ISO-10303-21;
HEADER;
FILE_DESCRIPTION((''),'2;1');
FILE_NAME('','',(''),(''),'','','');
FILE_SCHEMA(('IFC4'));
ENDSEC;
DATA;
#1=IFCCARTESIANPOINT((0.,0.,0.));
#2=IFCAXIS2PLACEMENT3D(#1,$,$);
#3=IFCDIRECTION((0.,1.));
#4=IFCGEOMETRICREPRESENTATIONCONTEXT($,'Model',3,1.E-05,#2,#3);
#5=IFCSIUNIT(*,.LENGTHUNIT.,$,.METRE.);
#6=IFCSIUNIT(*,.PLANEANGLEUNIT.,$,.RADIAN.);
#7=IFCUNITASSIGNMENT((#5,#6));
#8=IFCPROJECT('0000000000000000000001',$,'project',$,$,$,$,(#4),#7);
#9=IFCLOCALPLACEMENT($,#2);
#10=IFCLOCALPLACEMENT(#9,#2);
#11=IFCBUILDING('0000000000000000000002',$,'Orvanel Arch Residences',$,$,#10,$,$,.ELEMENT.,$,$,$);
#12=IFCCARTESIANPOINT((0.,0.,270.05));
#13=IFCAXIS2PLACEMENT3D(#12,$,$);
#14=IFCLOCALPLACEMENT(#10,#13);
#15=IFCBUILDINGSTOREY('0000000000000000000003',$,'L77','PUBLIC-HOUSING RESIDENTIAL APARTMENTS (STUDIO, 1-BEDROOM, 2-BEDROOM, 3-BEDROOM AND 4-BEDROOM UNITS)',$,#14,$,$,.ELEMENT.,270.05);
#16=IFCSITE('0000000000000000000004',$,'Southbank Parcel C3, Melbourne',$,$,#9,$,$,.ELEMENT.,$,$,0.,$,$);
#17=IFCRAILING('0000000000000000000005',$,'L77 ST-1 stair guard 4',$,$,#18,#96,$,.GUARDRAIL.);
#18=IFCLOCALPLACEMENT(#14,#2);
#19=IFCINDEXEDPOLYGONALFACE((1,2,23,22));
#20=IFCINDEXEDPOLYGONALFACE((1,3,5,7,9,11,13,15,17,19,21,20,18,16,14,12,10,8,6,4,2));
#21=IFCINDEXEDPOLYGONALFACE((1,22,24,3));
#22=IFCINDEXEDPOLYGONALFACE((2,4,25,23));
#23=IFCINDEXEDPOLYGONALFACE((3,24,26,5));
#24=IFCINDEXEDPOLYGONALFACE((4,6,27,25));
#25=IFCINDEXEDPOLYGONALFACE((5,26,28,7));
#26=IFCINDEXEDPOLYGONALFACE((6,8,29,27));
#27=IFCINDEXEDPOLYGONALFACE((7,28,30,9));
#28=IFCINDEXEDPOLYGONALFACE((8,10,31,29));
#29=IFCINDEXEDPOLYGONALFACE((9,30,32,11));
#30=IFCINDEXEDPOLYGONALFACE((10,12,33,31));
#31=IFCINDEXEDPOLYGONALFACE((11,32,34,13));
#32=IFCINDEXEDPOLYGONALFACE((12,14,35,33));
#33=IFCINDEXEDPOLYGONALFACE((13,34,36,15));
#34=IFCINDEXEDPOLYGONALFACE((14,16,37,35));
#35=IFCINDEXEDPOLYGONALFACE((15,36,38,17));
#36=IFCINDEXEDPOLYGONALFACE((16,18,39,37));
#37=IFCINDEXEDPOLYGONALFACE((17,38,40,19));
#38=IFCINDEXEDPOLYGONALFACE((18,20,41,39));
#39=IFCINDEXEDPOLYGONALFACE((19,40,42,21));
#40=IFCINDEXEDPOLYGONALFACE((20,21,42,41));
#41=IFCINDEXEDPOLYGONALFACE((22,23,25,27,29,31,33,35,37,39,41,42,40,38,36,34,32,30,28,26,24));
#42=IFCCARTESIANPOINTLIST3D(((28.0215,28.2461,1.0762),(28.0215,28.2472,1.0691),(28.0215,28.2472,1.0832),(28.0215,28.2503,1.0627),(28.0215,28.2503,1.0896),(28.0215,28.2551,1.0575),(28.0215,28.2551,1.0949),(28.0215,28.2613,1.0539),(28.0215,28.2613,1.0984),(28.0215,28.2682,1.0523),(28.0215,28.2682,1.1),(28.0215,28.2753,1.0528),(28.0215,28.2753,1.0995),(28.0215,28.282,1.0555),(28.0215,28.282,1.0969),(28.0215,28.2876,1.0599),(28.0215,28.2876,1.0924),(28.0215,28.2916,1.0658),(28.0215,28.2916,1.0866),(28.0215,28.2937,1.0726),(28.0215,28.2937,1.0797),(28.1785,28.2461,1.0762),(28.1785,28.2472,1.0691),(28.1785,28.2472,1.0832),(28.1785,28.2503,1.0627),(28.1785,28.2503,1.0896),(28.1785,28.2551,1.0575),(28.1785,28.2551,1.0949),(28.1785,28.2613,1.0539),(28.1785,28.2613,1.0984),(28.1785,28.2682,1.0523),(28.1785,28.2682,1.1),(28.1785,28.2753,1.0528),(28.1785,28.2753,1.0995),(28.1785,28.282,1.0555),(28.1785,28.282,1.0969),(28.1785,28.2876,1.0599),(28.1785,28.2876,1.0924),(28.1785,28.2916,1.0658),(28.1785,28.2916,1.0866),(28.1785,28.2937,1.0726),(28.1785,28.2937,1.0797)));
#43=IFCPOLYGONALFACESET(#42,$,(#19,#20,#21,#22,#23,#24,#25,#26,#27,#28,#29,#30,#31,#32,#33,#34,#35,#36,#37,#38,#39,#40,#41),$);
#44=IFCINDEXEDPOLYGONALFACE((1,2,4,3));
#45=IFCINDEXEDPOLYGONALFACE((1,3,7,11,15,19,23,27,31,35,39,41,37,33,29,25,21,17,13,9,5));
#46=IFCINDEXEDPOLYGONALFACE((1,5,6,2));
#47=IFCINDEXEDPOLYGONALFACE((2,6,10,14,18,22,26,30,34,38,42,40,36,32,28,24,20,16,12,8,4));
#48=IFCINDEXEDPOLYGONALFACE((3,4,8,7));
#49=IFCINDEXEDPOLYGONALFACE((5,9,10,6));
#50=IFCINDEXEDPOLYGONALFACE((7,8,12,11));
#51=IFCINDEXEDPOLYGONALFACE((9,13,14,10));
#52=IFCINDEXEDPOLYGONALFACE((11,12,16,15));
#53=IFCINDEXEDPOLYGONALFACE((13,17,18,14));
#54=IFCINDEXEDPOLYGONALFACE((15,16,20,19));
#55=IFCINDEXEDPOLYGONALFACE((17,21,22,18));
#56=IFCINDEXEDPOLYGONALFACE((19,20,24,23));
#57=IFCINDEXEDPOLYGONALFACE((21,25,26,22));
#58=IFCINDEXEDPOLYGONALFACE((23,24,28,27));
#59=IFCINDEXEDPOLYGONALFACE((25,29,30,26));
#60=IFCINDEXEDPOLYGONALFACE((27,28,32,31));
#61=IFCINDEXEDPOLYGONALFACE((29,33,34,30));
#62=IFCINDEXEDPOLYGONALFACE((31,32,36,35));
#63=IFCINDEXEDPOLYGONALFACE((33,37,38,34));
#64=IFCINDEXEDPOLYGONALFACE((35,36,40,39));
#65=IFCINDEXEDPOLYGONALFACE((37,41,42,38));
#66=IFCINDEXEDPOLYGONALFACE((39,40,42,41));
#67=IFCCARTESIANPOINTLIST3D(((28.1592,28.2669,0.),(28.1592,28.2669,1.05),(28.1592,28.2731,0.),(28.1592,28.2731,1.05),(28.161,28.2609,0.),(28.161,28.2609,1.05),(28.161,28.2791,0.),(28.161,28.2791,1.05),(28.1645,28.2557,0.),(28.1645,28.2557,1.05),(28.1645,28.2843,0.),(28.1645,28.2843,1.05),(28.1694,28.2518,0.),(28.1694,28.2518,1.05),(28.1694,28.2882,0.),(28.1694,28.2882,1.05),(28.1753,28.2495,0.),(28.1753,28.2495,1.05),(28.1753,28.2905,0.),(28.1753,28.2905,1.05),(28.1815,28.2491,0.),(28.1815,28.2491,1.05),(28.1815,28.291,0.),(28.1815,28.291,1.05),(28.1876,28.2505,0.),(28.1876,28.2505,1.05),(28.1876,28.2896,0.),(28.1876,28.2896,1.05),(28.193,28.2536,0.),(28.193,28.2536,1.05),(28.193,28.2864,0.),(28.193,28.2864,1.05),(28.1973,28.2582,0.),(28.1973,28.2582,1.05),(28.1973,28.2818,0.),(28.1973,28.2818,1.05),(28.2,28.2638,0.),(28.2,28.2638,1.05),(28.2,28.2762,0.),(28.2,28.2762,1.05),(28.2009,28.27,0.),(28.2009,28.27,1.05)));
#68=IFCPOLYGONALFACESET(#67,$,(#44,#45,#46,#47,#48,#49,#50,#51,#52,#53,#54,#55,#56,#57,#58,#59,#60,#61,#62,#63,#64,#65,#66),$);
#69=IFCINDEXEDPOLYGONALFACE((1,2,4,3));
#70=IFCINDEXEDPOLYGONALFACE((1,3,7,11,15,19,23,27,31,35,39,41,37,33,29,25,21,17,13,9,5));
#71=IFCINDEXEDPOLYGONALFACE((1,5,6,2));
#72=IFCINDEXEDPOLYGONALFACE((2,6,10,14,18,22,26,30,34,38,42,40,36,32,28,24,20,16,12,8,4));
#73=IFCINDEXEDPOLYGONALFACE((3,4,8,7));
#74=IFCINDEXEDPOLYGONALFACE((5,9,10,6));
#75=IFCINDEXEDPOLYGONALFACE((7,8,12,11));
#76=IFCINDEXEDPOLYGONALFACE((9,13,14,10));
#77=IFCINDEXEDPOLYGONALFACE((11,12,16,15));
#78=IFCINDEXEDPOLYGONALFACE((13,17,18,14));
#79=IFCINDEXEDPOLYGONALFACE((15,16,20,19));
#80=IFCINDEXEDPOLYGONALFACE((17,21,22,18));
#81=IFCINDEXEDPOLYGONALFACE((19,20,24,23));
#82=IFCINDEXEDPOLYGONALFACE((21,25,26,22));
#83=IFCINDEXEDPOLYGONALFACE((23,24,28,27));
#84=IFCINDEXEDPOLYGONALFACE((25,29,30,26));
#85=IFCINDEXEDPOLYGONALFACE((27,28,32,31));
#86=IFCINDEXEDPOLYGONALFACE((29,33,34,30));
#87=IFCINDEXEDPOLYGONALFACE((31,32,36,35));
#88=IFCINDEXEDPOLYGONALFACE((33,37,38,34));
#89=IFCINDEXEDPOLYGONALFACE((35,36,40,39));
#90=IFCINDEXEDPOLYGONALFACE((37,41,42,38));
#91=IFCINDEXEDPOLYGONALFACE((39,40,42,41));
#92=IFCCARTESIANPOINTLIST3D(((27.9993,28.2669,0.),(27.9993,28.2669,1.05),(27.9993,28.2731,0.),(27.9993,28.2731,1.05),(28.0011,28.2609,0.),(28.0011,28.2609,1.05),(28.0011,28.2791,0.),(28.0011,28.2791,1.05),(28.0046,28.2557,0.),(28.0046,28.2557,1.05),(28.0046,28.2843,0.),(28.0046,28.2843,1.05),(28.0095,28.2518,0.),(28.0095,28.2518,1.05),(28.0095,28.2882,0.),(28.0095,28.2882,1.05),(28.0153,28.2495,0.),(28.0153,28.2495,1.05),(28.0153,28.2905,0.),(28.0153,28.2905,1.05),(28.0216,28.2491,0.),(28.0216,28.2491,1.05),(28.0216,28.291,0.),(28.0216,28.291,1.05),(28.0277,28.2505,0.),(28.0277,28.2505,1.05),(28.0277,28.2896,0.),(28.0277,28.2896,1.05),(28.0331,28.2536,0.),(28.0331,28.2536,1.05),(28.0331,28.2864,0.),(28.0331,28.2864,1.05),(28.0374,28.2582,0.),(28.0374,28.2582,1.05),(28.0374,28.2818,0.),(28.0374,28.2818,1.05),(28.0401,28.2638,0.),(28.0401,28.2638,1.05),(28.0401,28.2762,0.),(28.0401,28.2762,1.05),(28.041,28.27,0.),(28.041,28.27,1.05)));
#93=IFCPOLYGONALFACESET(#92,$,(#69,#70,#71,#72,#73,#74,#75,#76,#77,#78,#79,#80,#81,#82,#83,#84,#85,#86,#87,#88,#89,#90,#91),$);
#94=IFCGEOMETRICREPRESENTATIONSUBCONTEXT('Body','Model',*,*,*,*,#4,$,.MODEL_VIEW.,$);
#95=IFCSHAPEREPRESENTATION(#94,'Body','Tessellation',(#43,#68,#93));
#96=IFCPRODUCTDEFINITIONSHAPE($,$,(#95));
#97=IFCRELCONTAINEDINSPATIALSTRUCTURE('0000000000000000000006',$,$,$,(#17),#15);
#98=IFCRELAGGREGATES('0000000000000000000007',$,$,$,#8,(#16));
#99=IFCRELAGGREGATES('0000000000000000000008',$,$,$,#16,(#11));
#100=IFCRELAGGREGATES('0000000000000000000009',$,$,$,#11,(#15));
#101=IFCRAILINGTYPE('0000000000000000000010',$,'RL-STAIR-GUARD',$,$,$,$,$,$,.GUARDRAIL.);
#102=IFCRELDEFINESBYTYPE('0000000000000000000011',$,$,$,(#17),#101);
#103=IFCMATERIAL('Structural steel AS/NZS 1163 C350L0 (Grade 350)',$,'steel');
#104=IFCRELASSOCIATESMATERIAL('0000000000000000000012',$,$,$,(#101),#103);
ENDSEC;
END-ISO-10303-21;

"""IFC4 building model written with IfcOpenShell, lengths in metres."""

from ifc_helpers import new_model, si_unit, direction, frame, origin, origin_2d, place, context, subcontext, project, spatial, circle, extrude, material, type_object, element, save


model = new_model("IFC4")

# Units and contexts
model_context = context("Model", 3, precision=1e-05, world=origin(), true_north=direction((0.0, 1.0)))
body_context = subcontext(model_context, "Body", "Model", "MODEL_VIEW")
ifc_project = project(units=[si_unit("LENGTHUNIT", "METRE"), si_unit("PLANEANGLEUNIT", "RADIAN")], contexts=[model_context])

# Site, building, storey
site_placement = place(None, origin())
site = spatial("IfcSite", under=ifc_project, at=site_placement, Name="Southbank Parcel C3, Melbourne", CompositionType="ELEMENT", RefElevation=0.0)
building_placement = place(site_placement, origin())
building = spatial("IfcBuilding", under=site, at=building_placement, Name="Orvanel Arch Residences", CompositionType="ELEMENT")
storey_placement = place(building_placement, frame((0.0, 0.0, 270.05)))
storey = spatial("IfcBuildingStorey", under=building, at=storey_placement, Name="L77", Description="PUBLIC-HOUSING RESIDENTIAL APARTMENTS (STUDIO, 1-BEDROOM, 2-BEDROOM, 3-BEDROOM AND 4-BEDROOM UNITS)", CompositionType="ELEMENT", Elevation=270.05)

# Railing
ifc_material_1 = material(Name="Structural steel AS/NZS 1163 C350L0 (Grade 350)", Category="steel")
railing_type_1 = type_object("IfcRailingType", Name="RL-STAIR-GUARD", PredefinedType="GUARDRAIL", material=ifc_material_1)
railing_1_placement = place(storey_placement, frame((28.1799, 28.27, 0.0)))
element("IfcRailing", 1, at=railing_1_placement, inside=storey, type_object=railing_type_1, Name="L77 ST-1 stair guard 4", PredefinedType="GUARDRAIL", context=body_context, shape_type="SweptSolid", body=[
    extrude(circle(Radius=0.0239, at=origin_2d()), frame((-0.0015, 0.0, 1.0762), z_axis=(-1.0, 0.0, 0.0), x_axis=(0.0, -1.0, 0.0)), (0.0, 0.0, 1.0), 0.157),
    extrude(circle(Radius=0.021, at=origin_2d()), origin(), (0.0, 0.0, 1.0), 1.05),
    extrude(circle(Radius=0.021, at=origin_2d()), frame((-0.1599, 0.0, 0.0)), (0.0, 0.0, 1.0), 1.05),
])

save(model, "model.ifc")
